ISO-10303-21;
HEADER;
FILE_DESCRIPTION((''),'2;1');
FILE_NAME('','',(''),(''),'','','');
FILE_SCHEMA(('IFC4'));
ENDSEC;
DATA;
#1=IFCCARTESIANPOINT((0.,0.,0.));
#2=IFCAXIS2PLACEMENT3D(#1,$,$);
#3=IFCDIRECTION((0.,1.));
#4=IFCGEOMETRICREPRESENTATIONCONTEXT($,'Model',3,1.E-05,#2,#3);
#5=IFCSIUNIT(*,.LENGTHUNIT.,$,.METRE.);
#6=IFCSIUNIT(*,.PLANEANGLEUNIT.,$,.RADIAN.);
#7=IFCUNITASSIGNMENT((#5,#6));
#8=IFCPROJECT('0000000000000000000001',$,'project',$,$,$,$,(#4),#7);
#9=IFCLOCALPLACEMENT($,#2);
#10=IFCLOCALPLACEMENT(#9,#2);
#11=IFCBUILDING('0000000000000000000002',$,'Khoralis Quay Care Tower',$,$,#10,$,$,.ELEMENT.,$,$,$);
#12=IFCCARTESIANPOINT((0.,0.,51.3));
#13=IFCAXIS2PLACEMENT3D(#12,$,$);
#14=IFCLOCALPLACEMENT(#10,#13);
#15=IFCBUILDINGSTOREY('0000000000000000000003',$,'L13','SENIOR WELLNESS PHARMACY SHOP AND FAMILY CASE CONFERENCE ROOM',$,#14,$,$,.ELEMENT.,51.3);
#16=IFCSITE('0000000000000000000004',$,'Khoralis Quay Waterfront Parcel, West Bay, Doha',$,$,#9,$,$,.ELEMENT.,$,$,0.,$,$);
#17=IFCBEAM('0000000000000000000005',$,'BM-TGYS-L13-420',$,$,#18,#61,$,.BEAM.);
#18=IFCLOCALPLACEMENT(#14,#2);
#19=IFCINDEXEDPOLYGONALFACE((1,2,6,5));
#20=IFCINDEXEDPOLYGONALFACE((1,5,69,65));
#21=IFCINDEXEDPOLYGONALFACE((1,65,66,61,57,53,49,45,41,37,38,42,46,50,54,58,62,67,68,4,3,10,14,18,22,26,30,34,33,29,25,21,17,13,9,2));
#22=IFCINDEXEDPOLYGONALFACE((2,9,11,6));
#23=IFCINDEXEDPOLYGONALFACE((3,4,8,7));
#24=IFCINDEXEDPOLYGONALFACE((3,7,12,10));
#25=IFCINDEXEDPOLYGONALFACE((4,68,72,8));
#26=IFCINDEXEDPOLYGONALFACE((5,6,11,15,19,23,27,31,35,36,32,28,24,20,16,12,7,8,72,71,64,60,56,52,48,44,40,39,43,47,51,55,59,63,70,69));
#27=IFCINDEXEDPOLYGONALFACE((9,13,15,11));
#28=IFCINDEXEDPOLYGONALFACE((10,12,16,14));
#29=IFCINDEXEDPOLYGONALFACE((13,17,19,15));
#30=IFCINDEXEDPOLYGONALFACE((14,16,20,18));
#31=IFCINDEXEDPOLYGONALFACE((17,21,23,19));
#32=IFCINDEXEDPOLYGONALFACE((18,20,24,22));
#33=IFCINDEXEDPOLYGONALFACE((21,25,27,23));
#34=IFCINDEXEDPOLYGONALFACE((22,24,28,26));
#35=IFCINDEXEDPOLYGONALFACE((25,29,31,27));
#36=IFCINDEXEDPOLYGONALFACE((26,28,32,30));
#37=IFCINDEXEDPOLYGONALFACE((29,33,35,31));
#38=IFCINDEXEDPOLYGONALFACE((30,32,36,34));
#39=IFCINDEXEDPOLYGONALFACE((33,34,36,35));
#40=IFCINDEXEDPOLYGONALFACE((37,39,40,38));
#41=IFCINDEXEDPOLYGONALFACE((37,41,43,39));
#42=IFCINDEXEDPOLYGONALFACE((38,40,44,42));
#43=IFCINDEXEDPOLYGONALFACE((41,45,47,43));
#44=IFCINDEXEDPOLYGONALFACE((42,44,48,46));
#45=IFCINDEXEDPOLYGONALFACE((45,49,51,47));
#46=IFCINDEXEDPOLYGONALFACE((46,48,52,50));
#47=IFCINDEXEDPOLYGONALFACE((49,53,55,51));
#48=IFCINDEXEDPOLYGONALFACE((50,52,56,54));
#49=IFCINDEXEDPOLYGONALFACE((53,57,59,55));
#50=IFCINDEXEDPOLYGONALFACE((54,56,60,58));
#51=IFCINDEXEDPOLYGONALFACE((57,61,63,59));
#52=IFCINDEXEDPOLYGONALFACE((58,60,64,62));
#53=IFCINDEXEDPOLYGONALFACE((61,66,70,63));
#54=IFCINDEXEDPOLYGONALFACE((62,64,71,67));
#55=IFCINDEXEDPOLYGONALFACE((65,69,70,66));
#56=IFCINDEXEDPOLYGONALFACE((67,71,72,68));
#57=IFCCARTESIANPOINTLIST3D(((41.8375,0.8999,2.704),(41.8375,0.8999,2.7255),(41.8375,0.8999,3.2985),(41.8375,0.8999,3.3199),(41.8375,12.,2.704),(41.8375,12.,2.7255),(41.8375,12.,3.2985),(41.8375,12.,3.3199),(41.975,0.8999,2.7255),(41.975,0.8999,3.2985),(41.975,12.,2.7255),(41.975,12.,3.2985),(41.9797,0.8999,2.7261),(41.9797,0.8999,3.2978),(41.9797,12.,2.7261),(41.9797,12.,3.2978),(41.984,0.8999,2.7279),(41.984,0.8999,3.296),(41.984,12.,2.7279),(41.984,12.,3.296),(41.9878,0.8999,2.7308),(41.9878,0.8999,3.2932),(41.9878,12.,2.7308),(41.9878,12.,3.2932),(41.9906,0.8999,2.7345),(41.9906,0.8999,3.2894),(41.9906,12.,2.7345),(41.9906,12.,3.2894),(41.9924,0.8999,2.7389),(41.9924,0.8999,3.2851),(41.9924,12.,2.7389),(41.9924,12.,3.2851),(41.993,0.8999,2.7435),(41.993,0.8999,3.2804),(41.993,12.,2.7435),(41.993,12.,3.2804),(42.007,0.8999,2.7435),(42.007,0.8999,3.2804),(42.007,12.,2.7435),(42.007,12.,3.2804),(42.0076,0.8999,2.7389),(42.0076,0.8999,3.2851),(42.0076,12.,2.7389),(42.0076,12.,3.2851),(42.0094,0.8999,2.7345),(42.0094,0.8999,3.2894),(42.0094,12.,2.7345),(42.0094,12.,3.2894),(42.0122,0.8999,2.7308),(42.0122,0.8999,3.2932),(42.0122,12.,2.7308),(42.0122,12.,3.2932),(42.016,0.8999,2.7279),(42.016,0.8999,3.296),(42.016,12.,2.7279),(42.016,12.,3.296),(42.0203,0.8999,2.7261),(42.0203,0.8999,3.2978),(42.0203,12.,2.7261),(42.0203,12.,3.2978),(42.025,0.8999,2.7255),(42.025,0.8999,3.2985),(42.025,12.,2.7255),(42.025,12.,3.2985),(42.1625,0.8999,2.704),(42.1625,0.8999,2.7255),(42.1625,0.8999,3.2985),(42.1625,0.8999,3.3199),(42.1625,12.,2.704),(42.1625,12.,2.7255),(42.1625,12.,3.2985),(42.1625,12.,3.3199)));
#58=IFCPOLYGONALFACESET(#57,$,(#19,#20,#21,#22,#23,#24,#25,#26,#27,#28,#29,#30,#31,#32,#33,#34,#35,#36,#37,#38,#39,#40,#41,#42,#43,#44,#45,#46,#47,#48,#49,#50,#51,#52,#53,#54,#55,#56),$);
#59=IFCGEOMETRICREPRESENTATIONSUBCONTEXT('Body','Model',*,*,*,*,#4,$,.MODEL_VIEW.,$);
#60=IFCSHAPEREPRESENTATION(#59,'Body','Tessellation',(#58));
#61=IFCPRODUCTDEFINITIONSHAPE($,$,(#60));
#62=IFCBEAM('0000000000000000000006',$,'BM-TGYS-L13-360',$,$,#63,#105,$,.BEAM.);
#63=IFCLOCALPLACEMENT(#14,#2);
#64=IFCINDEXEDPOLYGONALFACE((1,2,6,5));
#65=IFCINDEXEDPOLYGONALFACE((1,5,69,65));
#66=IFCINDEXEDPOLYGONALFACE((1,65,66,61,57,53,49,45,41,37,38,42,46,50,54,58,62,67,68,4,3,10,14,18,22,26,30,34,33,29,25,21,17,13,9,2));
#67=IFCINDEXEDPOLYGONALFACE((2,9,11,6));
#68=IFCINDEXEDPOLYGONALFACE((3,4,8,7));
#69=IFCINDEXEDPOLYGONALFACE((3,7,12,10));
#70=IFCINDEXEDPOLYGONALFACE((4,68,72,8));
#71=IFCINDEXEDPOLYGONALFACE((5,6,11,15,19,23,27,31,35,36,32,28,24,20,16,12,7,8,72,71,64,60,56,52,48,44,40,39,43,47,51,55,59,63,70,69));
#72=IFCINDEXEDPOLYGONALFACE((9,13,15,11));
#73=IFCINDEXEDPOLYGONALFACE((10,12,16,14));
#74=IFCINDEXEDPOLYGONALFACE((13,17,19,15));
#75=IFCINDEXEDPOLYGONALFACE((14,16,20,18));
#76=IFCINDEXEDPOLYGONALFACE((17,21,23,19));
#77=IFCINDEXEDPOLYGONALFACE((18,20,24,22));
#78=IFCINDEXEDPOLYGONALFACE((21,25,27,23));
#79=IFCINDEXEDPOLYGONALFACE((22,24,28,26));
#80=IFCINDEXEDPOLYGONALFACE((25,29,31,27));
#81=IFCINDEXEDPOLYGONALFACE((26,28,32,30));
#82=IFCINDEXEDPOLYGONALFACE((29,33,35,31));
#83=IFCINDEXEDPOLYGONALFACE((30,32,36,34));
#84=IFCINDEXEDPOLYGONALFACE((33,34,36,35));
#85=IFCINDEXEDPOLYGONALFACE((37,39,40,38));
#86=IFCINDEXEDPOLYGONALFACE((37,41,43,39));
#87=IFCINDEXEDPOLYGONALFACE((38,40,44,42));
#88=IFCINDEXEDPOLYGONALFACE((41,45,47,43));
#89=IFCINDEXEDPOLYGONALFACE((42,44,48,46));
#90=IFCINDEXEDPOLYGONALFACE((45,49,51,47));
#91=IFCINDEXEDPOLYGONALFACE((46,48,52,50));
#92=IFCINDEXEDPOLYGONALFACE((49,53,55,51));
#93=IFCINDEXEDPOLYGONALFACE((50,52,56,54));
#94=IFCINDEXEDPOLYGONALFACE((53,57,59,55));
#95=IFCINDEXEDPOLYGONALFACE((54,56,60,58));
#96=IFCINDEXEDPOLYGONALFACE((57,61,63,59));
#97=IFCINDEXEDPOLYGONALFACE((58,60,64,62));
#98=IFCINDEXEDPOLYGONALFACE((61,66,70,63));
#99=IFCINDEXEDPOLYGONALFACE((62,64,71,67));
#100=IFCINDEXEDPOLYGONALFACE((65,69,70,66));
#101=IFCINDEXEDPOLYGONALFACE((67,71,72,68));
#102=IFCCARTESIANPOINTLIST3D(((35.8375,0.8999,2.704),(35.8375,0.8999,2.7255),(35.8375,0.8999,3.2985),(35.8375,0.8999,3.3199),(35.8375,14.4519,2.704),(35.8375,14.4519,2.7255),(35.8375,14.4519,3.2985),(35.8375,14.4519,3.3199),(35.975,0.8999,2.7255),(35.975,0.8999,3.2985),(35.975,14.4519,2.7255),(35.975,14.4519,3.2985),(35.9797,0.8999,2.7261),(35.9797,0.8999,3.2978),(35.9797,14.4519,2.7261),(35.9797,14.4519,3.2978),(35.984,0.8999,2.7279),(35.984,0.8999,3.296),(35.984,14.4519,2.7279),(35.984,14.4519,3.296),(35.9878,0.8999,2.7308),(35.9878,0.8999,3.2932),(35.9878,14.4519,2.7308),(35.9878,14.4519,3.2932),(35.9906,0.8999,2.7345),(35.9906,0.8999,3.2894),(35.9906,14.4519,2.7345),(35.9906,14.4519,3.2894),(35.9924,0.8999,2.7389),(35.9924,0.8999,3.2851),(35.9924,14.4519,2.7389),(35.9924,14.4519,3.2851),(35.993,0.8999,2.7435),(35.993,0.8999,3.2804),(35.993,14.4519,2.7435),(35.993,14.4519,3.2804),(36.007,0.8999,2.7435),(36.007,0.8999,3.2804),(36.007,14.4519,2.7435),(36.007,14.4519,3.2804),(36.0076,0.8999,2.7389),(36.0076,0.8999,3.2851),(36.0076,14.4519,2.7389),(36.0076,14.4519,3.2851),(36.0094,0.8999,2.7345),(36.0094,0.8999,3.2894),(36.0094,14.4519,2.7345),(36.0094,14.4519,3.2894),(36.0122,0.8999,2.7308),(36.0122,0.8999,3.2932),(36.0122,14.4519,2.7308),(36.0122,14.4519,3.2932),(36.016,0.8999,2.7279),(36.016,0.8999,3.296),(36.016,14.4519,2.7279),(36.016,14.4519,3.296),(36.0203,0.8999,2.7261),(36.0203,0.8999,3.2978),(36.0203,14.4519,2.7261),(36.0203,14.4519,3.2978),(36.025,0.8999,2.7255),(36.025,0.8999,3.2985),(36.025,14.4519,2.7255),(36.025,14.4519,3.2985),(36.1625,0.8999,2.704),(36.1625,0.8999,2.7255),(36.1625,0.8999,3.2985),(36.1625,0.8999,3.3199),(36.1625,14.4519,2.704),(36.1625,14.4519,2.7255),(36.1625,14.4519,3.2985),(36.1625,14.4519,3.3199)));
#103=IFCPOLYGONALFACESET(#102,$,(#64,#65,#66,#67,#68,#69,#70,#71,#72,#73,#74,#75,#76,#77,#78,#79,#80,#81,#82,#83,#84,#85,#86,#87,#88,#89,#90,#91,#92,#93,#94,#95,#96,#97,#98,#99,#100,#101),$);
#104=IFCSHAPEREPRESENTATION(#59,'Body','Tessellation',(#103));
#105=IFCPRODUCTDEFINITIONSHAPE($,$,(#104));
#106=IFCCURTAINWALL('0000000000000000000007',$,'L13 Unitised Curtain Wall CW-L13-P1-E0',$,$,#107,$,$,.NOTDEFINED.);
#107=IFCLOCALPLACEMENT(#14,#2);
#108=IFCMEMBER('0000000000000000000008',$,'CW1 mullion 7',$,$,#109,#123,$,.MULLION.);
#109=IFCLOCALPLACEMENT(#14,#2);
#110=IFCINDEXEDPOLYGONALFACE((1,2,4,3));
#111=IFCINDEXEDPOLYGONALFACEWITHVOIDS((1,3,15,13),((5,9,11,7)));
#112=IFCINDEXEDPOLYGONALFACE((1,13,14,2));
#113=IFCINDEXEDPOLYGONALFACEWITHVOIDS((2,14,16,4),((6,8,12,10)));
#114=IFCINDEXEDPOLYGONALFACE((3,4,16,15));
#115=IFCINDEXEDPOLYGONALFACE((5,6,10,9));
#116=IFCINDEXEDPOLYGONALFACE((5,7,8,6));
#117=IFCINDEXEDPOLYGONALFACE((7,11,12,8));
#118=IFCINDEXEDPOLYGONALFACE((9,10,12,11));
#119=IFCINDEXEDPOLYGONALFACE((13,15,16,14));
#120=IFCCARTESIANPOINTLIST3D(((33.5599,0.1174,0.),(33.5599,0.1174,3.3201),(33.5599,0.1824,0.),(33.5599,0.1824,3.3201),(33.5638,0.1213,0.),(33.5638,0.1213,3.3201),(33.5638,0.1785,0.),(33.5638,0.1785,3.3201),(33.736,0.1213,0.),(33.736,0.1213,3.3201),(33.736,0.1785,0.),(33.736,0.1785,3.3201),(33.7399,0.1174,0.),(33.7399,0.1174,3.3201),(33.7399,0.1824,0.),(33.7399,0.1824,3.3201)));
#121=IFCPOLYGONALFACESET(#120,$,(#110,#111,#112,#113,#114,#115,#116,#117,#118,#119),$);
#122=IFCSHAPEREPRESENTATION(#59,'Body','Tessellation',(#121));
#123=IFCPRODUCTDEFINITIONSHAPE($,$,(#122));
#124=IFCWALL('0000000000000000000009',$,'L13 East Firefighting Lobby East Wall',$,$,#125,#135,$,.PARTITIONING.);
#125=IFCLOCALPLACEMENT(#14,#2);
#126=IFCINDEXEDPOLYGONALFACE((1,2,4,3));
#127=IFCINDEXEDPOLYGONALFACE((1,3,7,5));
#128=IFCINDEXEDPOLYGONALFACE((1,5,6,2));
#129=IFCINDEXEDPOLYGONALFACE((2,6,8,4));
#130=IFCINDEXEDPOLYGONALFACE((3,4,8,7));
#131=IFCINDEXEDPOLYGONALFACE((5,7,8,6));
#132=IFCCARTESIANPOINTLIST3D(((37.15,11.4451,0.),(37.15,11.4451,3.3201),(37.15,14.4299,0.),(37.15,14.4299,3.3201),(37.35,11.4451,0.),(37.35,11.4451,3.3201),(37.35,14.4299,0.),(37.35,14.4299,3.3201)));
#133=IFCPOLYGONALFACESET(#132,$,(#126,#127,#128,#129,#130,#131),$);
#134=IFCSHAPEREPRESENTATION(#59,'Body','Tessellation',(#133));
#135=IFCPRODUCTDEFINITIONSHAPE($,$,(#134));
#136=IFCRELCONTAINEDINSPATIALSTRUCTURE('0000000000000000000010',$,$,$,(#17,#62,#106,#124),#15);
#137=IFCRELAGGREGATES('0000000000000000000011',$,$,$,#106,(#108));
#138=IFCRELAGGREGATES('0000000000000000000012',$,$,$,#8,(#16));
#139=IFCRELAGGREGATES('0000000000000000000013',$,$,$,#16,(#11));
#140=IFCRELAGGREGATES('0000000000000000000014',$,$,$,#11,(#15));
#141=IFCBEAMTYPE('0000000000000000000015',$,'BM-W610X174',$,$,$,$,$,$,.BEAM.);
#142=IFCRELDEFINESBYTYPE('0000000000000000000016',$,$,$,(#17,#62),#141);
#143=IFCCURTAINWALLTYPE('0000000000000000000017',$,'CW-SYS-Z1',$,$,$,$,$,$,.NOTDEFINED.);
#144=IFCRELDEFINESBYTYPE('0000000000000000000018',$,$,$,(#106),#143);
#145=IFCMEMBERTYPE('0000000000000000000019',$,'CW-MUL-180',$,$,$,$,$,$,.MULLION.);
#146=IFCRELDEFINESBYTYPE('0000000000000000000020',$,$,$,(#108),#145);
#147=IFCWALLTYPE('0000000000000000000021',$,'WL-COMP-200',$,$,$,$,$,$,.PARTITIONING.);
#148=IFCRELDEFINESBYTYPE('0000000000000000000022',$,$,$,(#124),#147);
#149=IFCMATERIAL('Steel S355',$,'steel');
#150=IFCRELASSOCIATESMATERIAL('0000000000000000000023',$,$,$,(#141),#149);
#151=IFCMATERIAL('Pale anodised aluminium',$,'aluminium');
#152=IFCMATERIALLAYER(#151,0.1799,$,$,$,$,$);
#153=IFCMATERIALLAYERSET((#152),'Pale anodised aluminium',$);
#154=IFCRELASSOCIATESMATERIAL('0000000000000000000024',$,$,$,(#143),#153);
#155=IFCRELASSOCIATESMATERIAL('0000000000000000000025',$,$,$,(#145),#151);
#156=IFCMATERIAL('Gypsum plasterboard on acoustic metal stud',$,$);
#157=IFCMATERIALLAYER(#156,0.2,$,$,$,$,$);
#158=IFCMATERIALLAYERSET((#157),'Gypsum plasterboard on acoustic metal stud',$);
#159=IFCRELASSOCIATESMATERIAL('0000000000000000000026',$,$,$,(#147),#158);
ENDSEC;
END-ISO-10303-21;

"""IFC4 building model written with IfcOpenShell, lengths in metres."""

from ifc_helpers import new_model, si_unit, direction, frame, frame_2d, origin, origin_2d, place, context, subcontext, project, spatial, rectangle, hollow_rectangle, i_section, extrude, source, transform, mapped, material, layer, layer_set, material_profile, profile_set, type_object, element, aggregate, save


model = new_model("IFC4")

# Units and contexts
model_context = context("Model", 3, precision=1e-05, world=origin(), true_north=direction((0.0, 1.0)))
body_context = subcontext(model_context, "Body", "Model", "MODEL_VIEW")
ifc_project = project(units=[si_unit("LENGTHUNIT", "METRE"), si_unit("PLANEANGLEUNIT", "RADIAN")], contexts=[model_context])

# Site, building, storey
site_placement = place(None, origin())
site = spatial("IfcSite", under=ifc_project, at=site_placement, Name="Khoralis Quay Waterfront Parcel, West Bay, Doha", CompositionType="ELEMENT", RefElevation=0.0)
building_placement = place(site_placement, origin())
building = spatial("IfcBuilding", under=site, at=building_placement, Name="Khoralis Quay Care Tower", CompositionType="ELEMENT")
storey_placement = place(building_placement, frame((0.0, 0.0, 51.3)))
storey = spatial("IfcBuildingStorey", under=building, at=storey_placement, Name="L13", Description="SENIOR WELLNESS PHARMACY SHOP AND FAMILY CASE CONFERENCE ROOM", CompositionType="ELEMENT", Elevation=51.3)

# Beams
ifc_material_1 = material(Name="Steel S355", Category="steel")
ifc_material_profile_1 = material_profile(ifc_material_1, i_section(OverallWidth=0.325, OverallDepth=0.616, WebThickness=0.0139, FlangeThickness=0.0215, FilletRadius=0.0181, at=origin_2d()), Name="Steel S355")
ifc_profile_set_1 = profile_set([ifc_material_profile_1], Name="Steel S355")
beam_type_1 = type_object("IfcBeamType", Name="BM-W610X174", PredefinedType="BEAM", material=ifc_profile_set_1)
shared_shape_1 = source(origin(), body_context, "Body", "SweptSolid", [
    extrude(i_section(OverallWidth=0.325, OverallDepth=0.616, WebThickness=0.0139, FlangeThickness=0.0215, FilletRadius=0.0181, at=origin_2d()), origin(), (0.0, 0.0, 1.0), 11.1001),
])
beam_1_placement = place(storey_placement, frame((42.0, 0.8999, 3.012), z_axis=(0.0, 1.0, 0.0), x_axis=(-1.0, 0.0, 0.0)))
element("IfcBeam", 1, at=beam_1_placement, inside=storey, type_object=beam_type_1, Name="BM-TGYS-L13-420", PredefinedType="BEAM", context=body_context, shape_type="MappedRepresentation", body=[
    mapped(shared_shape_1, transform((0.0, 0.0, 0.0), scale=1.0)),
])
shared_shape_2 = source(origin(), body_context, "Body", "SweptSolid", [
    extrude(i_section(OverallWidth=0.325, OverallDepth=0.616, WebThickness=0.0139, FlangeThickness=0.0215, FilletRadius=0.0181, at=origin_2d()), origin(), (0.0, 0.0, 1.0), 13.552),
])
beam_2_placement = place(storey_placement, frame((36.0, 0.8999, 3.012), z_axis=(0.0, 1.0, 0.0), x_axis=(-1.0, 0.0, 0.0)))
element("IfcBeam", 2, at=beam_2_placement, inside=storey, type_object=beam_type_1, Name="BM-TGYS-L13-360", PredefinedType="BEAM", context=body_context, shape_type="MappedRepresentation", body=[
    mapped(shared_shape_2, transform((0.0, 0.0, 0.0), scale=1.0)),
])

# Curtain wall, member
ifc_material_2 = material(Name="Pale anodised aluminium", Category="aluminium")
ifc_layer_1 = layer(ifc_material_2, 0.1799)
ifc_layer_set_1 = layer_set([ifc_layer_1], Name="Pale anodised aluminium")
curtain_wall_type = type_object("IfcCurtainWallType", Name="CW-SYS-Z1", PredefinedType="NOTDEFINED", material=ifc_layer_set_1)
curtain_wall_placement = place(storey_placement, origin())
curtain_wall = element("IfcCurtainWall", 3, at=curtain_wall_placement, inside=storey, type_object=curtain_wall_type, Name="L13 Unitised Curtain Wall CW-L13-P1-E0", PredefinedType="NOTDEFINED")
ifc_material_profile_2 = material_profile(ifc_material_2, hollow_rectangle(XDim=0.0649, YDim=0.1799, WallThickness=0.0039, at=origin_2d()), Name="Pale anodised aluminium")
ifc_profile_set_2 = profile_set([ifc_material_profile_2], Name="Pale anodised aluminium")
member_type = type_object("IfcMemberType", Name="CW-MUL-180", PredefinedType="MULLION", material=ifc_profile_set_2)
shared_shape_3 = source(origin(), body_context, "Body", "SweptSolid", [
    extrude(hollow_rectangle(XDim=0.0649, YDim=0.1799, WallThickness=0.0039, at=origin_2d()), origin(), (0.0, 0.0, 1.0), 3.3201),
])
member_placement = place(storey_placement, frame((33.6499, 0.1499, 0.0), z_axis=(0.0, 0.0, 1.0), x_axis=(0.0, 1.0, 0.0)))
member = element("IfcMember", 4, at=member_placement, type_object=member_type, Name="CW1 mullion 7", PredefinedType="MULLION", context=body_context, shape_type="MappedRepresentation", body=[
    mapped(shared_shape_3, transform((0.0, 0.0, 0.0), scale=1.0)),
])
aggregate(curtain_wall, [member])

# Wall
ifc_material_3 = material(Name="Gypsum plasterboard on acoustic metal stud")
ifc_layer_2 = layer(ifc_material_3, 0.2)
ifc_layer_set_2 = layer_set([ifc_layer_2], Name="Gypsum plasterboard on acoustic metal stud")
wall_type_1 = type_object("IfcWallType", Name="WL-COMP-200", PredefinedType="PARTITIONING", material=ifc_layer_set_2)
wall_1_placement = place(storey_placement, frame((37.25, 11.4451, 0.0), z_axis=(0.0, 0.0, 1.0), x_axis=(0.0, 1.0, 0.0)))
element("IfcWall", 5, at=wall_1_placement, inside=storey, type_object=wall_type_1, Name="L13 East Firefighting Lobby East Wall", PredefinedType="PARTITIONING", context=body_context, shape_type="SweptSolid", body=[
    extrude(rectangle(XDim=2.9849, YDim=0.2, at=frame_2d((1.4924, 0.0))), origin(), (0.0, 0.0, 1.0), 3.3201),
])

save(model, "model.ifc")
